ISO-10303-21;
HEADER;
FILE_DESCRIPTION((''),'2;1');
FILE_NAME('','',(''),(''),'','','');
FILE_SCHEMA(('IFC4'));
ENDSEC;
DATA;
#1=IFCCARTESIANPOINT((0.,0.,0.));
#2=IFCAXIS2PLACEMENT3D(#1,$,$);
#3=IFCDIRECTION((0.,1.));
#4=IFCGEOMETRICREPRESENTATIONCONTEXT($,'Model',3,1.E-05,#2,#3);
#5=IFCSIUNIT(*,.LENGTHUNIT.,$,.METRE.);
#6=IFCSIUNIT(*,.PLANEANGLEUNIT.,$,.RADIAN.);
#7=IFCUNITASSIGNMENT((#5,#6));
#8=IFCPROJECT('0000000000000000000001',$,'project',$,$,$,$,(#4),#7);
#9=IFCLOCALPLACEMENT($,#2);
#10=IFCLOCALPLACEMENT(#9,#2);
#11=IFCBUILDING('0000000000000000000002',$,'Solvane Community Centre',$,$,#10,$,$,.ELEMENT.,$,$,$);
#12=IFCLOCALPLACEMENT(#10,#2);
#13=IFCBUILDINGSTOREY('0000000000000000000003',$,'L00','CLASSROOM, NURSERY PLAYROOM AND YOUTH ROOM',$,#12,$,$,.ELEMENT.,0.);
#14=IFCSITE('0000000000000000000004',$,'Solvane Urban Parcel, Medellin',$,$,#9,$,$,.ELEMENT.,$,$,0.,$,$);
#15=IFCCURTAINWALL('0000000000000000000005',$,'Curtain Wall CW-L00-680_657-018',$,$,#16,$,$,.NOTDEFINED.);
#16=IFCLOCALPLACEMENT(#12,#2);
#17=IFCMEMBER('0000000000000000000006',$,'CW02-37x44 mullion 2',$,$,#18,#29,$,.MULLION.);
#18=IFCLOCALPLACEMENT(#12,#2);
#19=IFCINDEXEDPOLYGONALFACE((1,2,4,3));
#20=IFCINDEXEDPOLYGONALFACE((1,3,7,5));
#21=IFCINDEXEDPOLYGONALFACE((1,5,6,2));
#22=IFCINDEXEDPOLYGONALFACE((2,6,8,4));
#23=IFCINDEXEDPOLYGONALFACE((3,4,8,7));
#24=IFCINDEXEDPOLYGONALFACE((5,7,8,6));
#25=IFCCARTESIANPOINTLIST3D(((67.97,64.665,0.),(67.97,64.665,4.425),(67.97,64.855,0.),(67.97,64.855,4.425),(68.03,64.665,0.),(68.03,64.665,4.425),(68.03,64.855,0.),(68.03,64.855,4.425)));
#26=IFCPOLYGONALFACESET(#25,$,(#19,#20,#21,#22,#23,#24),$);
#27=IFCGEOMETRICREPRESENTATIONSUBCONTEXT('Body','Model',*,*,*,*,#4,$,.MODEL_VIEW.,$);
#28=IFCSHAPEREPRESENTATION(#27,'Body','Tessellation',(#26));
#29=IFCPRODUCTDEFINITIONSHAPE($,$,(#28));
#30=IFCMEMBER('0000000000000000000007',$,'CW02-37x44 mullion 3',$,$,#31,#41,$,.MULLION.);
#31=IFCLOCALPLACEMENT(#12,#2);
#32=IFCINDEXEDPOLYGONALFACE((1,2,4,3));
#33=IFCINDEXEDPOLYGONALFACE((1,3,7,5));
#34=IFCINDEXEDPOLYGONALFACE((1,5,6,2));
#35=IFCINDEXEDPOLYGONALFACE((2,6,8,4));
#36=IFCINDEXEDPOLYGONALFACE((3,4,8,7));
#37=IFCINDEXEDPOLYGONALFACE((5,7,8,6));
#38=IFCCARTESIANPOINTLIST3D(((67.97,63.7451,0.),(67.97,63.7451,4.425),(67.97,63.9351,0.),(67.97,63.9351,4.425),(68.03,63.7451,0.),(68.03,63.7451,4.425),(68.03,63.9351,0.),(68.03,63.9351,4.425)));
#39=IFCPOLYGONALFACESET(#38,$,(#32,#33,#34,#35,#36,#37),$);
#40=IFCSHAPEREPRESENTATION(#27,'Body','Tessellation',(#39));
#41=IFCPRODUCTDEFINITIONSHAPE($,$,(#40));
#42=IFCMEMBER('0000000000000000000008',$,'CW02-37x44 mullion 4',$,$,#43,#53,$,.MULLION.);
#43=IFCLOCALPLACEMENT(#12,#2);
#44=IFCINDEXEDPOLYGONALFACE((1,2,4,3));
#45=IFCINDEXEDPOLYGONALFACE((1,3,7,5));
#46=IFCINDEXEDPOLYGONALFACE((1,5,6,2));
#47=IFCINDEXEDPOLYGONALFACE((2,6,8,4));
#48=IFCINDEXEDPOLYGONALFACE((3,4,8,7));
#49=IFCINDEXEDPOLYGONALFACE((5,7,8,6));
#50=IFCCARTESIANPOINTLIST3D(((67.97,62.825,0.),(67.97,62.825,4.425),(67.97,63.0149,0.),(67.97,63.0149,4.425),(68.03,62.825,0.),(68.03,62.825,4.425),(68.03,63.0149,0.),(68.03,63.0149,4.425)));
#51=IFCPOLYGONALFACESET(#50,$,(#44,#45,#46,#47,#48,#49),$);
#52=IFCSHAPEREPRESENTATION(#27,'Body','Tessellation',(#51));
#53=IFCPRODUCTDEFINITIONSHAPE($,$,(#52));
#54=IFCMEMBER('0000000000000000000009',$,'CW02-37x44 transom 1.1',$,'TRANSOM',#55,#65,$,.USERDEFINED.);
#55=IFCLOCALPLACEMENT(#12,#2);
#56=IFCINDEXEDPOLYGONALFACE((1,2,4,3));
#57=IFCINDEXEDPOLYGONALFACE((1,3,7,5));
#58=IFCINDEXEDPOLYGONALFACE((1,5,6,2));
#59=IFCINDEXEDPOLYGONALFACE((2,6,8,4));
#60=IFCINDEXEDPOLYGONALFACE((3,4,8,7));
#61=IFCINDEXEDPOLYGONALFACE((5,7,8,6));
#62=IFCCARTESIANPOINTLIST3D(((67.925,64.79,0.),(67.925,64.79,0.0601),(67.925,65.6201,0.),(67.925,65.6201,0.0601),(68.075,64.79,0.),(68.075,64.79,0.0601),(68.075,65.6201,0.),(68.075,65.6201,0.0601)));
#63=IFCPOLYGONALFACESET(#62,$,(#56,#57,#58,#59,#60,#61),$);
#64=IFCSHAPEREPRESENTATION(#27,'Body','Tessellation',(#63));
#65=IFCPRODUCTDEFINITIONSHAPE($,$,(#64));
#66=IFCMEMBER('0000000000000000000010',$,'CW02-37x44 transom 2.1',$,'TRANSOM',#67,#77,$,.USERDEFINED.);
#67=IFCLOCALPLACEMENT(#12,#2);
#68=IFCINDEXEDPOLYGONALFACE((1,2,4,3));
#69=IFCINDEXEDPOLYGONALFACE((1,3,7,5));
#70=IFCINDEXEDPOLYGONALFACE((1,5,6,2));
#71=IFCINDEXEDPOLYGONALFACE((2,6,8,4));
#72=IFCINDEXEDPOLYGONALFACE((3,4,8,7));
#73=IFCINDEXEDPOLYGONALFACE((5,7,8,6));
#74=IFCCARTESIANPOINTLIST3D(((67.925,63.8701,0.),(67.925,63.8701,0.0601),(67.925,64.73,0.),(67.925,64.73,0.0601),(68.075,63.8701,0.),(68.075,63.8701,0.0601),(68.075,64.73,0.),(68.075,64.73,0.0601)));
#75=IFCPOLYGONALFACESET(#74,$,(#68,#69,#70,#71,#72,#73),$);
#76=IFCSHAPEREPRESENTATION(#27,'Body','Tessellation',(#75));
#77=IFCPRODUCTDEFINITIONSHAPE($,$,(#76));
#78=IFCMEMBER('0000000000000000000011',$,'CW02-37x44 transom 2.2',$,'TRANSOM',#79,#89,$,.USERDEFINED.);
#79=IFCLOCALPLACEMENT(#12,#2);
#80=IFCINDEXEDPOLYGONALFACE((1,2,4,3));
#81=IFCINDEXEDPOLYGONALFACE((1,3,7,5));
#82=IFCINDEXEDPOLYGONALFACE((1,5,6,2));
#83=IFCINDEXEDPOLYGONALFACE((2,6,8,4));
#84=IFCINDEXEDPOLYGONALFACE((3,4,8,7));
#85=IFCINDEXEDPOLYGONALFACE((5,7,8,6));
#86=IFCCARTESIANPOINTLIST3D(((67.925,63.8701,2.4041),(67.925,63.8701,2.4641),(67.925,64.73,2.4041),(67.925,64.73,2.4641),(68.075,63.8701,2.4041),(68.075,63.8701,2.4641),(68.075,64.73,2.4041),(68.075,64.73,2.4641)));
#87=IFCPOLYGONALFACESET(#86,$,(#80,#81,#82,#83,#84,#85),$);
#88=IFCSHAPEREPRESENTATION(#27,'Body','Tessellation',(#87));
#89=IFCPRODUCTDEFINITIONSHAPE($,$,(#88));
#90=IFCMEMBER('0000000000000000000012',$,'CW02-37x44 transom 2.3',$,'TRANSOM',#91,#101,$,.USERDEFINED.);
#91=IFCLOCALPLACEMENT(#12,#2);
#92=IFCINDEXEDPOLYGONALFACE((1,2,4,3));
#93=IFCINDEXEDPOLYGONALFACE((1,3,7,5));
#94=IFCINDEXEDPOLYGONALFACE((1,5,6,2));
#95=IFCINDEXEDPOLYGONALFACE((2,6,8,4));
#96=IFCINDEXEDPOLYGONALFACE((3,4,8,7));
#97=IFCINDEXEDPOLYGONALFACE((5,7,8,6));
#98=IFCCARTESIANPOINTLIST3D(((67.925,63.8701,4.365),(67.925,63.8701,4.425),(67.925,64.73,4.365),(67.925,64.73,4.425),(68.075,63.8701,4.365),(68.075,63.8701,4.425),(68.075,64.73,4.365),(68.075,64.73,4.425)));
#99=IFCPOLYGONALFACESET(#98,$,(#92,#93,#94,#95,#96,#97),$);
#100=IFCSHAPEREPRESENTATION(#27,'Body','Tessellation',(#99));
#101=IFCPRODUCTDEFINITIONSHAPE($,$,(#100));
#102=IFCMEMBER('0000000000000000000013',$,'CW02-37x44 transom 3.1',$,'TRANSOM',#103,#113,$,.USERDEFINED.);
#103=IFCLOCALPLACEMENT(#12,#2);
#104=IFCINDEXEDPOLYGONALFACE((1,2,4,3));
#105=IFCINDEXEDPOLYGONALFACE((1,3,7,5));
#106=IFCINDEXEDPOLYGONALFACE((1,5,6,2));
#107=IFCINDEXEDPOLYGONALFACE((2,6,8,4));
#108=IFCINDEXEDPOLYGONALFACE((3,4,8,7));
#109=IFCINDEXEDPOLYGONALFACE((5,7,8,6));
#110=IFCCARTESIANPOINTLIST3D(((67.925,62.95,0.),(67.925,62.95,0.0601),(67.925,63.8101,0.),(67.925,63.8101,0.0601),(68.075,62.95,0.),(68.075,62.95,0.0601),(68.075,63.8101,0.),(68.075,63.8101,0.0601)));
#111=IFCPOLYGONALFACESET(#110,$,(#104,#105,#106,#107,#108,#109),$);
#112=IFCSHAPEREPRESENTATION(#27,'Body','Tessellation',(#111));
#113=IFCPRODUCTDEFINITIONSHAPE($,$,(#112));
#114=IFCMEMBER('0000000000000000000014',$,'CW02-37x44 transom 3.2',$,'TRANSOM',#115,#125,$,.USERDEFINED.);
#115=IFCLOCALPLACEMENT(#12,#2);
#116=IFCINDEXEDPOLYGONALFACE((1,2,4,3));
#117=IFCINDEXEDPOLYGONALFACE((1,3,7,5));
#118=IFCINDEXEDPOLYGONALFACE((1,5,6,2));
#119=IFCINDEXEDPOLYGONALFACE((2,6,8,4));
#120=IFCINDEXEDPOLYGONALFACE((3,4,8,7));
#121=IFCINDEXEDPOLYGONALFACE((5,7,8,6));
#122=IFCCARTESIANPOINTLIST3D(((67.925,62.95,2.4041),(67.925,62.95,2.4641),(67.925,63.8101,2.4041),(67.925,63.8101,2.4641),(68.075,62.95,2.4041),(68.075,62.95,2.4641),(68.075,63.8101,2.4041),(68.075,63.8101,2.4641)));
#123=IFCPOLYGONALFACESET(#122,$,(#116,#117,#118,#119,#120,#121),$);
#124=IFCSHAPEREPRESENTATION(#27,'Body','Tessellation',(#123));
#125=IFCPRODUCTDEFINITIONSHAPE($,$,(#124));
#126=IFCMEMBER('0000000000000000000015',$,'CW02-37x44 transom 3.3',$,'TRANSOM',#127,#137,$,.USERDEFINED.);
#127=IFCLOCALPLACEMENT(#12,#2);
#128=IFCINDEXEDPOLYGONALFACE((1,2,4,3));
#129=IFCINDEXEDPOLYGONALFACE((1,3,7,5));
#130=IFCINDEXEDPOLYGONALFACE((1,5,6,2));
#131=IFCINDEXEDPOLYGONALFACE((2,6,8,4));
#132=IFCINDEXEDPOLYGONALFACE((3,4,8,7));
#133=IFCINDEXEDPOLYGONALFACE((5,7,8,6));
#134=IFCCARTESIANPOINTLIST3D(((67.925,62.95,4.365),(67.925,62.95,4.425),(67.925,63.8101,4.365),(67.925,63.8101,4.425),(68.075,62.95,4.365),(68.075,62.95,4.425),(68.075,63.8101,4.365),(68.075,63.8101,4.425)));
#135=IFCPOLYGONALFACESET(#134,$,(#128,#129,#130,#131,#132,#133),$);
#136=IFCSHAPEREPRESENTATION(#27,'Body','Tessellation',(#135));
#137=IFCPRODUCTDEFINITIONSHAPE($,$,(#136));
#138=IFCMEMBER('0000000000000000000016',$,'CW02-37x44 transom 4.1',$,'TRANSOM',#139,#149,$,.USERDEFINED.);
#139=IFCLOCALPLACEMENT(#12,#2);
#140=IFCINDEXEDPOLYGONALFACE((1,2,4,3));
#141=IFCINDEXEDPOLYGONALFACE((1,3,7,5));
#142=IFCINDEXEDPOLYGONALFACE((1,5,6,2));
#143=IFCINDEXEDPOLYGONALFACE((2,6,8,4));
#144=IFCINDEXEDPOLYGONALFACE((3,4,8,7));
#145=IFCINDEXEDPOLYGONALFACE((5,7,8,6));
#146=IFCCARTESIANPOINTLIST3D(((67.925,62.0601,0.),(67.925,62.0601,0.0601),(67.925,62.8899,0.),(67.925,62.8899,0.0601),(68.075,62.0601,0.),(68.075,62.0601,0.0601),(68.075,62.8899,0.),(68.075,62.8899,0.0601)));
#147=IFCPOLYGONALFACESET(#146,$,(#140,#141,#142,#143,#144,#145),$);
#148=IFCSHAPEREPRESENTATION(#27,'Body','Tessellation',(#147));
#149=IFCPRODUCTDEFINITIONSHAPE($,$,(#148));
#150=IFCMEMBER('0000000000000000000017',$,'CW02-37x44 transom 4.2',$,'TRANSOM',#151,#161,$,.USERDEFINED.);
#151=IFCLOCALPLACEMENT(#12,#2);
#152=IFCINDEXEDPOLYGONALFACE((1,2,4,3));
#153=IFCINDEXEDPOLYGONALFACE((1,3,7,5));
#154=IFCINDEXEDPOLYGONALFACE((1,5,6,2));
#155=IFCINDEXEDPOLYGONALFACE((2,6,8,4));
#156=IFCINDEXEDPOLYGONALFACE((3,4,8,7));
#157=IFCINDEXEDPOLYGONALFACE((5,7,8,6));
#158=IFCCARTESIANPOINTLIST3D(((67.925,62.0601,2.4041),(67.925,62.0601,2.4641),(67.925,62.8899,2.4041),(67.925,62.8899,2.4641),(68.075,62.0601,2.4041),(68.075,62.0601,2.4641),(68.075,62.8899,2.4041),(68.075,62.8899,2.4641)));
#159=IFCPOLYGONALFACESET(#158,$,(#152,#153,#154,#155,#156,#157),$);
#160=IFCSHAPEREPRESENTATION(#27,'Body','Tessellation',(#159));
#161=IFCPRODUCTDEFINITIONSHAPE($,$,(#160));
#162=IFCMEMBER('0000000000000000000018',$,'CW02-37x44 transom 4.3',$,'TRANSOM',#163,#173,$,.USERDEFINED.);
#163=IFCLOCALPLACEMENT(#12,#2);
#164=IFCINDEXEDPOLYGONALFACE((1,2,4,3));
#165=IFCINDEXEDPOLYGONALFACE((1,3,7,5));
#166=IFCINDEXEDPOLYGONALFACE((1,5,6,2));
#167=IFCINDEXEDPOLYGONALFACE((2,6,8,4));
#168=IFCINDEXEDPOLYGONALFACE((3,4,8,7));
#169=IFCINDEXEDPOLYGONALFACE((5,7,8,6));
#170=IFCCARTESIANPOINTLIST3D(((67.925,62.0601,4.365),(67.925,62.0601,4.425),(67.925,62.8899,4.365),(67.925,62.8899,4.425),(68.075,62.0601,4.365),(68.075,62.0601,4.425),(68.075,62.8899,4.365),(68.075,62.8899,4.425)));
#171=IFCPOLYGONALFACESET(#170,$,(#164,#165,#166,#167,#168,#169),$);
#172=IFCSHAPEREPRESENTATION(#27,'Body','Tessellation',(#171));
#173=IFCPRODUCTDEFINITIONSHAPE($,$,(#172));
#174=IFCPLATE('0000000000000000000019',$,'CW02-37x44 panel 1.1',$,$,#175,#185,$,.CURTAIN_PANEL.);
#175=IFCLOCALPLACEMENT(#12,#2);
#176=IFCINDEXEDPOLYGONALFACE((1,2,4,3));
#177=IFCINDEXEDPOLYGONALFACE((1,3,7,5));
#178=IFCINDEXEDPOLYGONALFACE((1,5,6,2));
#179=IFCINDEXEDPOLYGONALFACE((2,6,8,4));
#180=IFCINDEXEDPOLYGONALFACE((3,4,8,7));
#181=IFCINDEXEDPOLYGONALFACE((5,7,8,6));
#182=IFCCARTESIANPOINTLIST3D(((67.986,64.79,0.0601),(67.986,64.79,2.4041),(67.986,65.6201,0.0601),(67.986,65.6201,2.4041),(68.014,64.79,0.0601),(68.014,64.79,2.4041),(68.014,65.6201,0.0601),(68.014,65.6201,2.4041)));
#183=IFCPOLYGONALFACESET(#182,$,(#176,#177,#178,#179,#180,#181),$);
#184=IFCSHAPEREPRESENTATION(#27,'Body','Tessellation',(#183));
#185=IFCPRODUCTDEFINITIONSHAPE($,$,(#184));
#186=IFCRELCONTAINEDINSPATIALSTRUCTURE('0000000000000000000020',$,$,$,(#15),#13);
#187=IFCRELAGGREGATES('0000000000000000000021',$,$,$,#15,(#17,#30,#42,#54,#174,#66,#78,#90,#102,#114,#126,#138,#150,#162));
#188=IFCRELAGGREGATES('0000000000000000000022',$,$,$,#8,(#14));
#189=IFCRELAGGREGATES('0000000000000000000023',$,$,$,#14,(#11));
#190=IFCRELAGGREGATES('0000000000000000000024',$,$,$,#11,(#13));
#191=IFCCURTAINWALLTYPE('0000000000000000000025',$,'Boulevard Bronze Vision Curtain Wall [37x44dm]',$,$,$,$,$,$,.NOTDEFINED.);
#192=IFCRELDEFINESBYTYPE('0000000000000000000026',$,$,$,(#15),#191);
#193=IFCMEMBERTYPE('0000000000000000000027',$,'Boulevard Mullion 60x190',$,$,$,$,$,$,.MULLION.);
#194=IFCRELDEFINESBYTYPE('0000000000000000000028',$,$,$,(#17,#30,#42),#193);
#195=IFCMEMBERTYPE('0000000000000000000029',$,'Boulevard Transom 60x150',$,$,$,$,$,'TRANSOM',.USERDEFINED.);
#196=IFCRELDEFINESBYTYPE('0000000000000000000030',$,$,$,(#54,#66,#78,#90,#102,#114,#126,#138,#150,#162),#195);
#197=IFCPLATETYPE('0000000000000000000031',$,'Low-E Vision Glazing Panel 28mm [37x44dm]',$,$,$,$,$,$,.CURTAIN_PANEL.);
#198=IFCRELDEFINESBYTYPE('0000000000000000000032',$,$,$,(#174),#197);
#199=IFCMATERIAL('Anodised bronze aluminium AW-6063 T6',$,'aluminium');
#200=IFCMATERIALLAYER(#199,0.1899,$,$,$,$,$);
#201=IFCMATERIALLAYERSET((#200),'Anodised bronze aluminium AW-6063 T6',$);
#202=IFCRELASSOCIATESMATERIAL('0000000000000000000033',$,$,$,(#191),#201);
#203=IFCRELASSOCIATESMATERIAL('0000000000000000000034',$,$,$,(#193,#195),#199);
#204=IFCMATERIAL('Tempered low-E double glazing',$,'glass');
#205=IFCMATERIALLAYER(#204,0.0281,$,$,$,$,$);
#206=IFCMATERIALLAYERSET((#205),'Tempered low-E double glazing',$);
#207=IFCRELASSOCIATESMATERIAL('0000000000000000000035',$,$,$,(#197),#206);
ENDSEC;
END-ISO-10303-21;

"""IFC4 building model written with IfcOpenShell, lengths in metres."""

from ifc_helpers import new_model, si_unit, direction, frame, origin, origin_2d, place, context, subcontext, project, spatial, rectangle, extrude, material, layer, layer_set, material_profile, profile_set, type_object, element, aggregate, save


model = new_model("IFC4")

# Units and contexts
model_context = context("Model", 3, precision=1e-05, world=origin(), true_north=direction((0.0, 1.0)))
body_context = subcontext(model_context, "Body", "Model", "MODEL_VIEW")
ifc_project = project(units=[si_unit("LENGTHUNIT", "METRE"), si_unit("PLANEANGLEUNIT", "RADIAN")], contexts=[model_context])

# Site, building, storey
site_placement = place(None, origin())
site = spatial("IfcSite", under=ifc_project, at=site_placement, Name="Solvane Urban Parcel, Medellin", CompositionType="ELEMENT", RefElevation=0.0)
building_placement = place(site_placement, origin())
building = spatial("IfcBuilding", under=site, at=building_placement, Name="Solvane Community Centre", CompositionType="ELEMENT")
storey_placement = place(building_placement, origin())
storey = spatial("IfcBuildingStorey", under=building, at=storey_placement, Name="L00", Description="CLASSROOM, NURSERY PLAYROOM AND YOUTH ROOM", CompositionType="ELEMENT", Elevation=0.0)

# Curtain wall, members, plate
ifc_material_1 = material(Name="Anodised bronze aluminium AW-6063 T6", Category="aluminium")
ifc_layer_1 = layer(ifc_material_1, 0.1899)
ifc_layer_set_1 = layer_set([ifc_layer_1], Name="Anodised bronze aluminium AW-6063 T6")
curtain_wall_type = type_object("IfcCurtainWallType", Name="Boulevard Bronze Vision Curtain Wall [37x44dm]", PredefinedType="NOTDEFINED", material=ifc_layer_set_1)
curtain_wall_placement = place(storey_placement, origin())
curtain_wall = element("IfcCurtainWall", 1, at=curtain_wall_placement, inside=storey, type_object=curtain_wall_type, Name="Curtain Wall CW-L00-680_657-018", PredefinedType="NOTDEFINED")
ifc_material_profile_1 = material_profile(ifc_material_1, rectangle(XDim=0.0601, YDim=0.1899, at=origin_2d()), Name="CW-M 60x190")
ifc_profile_set_1 = profile_set([ifc_material_profile_1], Name="Anodised bronze aluminium AW-6063 T6")
member_type_1 = type_object("IfcMemberType", Name="Boulevard Mullion 60x190", PredefinedType="MULLION", material=ifc_profile_set_1)
member_1_placement = place(storey_placement, frame((68.0, 64.76, 0.0), z_axis=(0.0, 0.0, 1.0), x_axis=(1.0, 0.0, 0.0)))
member_1 = element("IfcMember", 2, at=member_1_placement, type_object=member_type_1, Name="CW02-37x44 mullion 2", PredefinedType="MULLION", context=body_context, shape_type="SweptSolid", body=[
    extrude(rectangle(XDim=0.0601, YDim=0.1899, at=origin_2d()), origin(), (0.0, 0.0, 1.0), 4.425),
])
member_2_placement = place(storey_placement, frame((68.0, 63.8401, 0.0), z_axis=(0.0, 0.0, 1.0), x_axis=(1.0, 0.0, 0.0)))
member_2 = element("IfcMember", 3, at=member_2_placement, type_object=member_type_1, Name="CW02-37x44 mullion 3", PredefinedType="MULLION", context=body_context, shape_type="SweptSolid", body=[
    extrude(rectangle(XDim=0.0601, YDim=0.1899, at=origin_2d()), origin(), (0.0, 0.0, 1.0), 4.425),
])
member_3_placement = place(storey_placement, frame((68.0, 62.9199, 0.0), z_axis=(0.0, 0.0, 1.0), x_axis=(1.0, 0.0, 0.0)))
member_3 = element("IfcMember", 4, at=member_3_placement, type_object=member_type_1, Name="CW02-37x44 mullion 4", PredefinedType="MULLION", context=body_context, shape_type="SweptSolid", body=[
    extrude(rectangle(XDim=0.0601, YDim=0.1899, at=origin_2d()), origin(), (0.0, 0.0, 1.0), 4.425),
])
ifc_material_profile_2 = material_profile(ifc_material_1, rectangle(XDim=0.1499, YDim=0.0601, at=origin_2d()), Name="CW-T 60x150")
ifc_profile_set_2 = profile_set([ifc_material_profile_2], Name="Anodised bronze aluminium AW-6063 T6")
member_type_2 = type_object("IfcMemberType", Name="Boulevard Transom 60x150", ElementType="TRANSOM", PredefinedType="USERDEFINED", material=ifc_profile_set_2)
member_4_placement = place(storey_placement, frame((68.0, 65.6201, 0.03), z_axis=(0.0, -1.0, 0.0), x_axis=(1.0, 0.0, 0.0)))
member_4 = element("IfcMember", 5, at=member_4_placement, type_object=member_type_2, Name="CW02-37x44 transom 1.1", ObjectType="TRANSOM", PredefinedType="USERDEFINED", context=body_context, shape_type="SweptSolid", body=[
    extrude(rectangle(XDim=0.1499, YDim=0.0601, at=origin_2d()), origin(), (0.0, 0.0, 1.0), 0.8301),
])
member_5_placement = place(storey_placement, frame((68.0, 64.73, 0.03), z_axis=(0.0, -1.0, 0.0), x_axis=(1.0, 0.0, 0.0)))
member_5 = element("IfcMember", 6, at=member_5_placement, type_object=member_type_2, Name="CW02-37x44 transom 2.1", ObjectType="TRANSOM", PredefinedType="USERDEFINED", context=body_context, shape_type="SweptSolid", body=[
    extrude(rectangle(XDim=0.1499, YDim=0.0601, at=origin_2d()), origin(), (0.0, 0.0, 1.0), 0.8599),
])
member_6_placement = place(storey_placement, frame((68.0, 64.73, 2.4341), z_axis=(0.0, -1.0, 0.0), x_axis=(1.0, 0.0, 0.0)))
member_6 = element("IfcMember", 7, at=member_6_placement, type_object=member_type_2, Name="CW02-37x44 transom 2.2", ObjectType="TRANSOM", PredefinedType="USERDEFINED", context=body_context, shape_type="SweptSolid", body=[
    extrude(rectangle(XDim=0.1499, YDim=0.0601, at=origin_2d()), origin(), (0.0, 0.0, 1.0), 0.8599),
])
member_7_placement = place(storey_placement, frame((68.0, 64.73, 4.395), z_axis=(0.0, -1.0, 0.0), x_axis=(1.0, 0.0, 0.0)))
member_7 = element("IfcMember", 8, at=member_7_placement, type_object=member_type_2, Name="CW02-37x44 transom 2.3", ObjectType="TRANSOM", PredefinedType="USERDEFINED", context=body_context, shape_type="SweptSolid", body=[
    extrude(rectangle(XDim=0.1499, YDim=0.0601, at=origin_2d()), origin(), (0.0, 0.0, 1.0), 0.8599),
])
member_8_placement = place(storey_placement, frame((68.0, 63.8101, 0.03), z_axis=(0.0, -1.0, 0.0), x_axis=(1.0, 0.0, 0.0)))
member_8 = element("IfcMember", 9, at=member_8_placement, type_object=member_type_2, Name="CW02-37x44 transom 3.1", ObjectType="TRANSOM", PredefinedType="USERDEFINED", context=body_context, shape_type="SweptSolid", body=[
    extrude(rectangle(XDim=0.1499, YDim=0.0601, at=origin_2d()), origin(), (0.0, 0.0, 1.0), 0.8601),
])
member_9_placement = place(storey_placement, frame((68.0, 63.8101, 2.4341), z_axis=(0.0, -1.0, 0.0), x_axis=(1.0, 0.0, 0.0)))
member_9 = element("IfcMember", 10, at=member_9_placement, type_object=member_type_2, Name="CW02-37x44 transom 3.2", ObjectType="TRANSOM", PredefinedType="USERDEFINED", context=body_context, shape_type="SweptSolid", body=[
    extrude(rectangle(XDim=0.1499, YDim=0.0601, at=origin_2d()), origin(), (0.0, 0.0, 1.0), 0.8601),
])
member_10_placement = place(storey_placement, frame((68.0, 63.8101, 4.395), z_axis=(0.0, -1.0, 0.0), x_axis=(1.0, 0.0, 0.0)))
member_10 = element("IfcMember", 11, at=member_10_placement, type_object=member_type_2, Name="CW02-37x44 transom 3.3", ObjectType="TRANSOM", PredefinedType="USERDEFINED", context=body_context, shape_type="SweptSolid", body=[
    extrude(rectangle(XDim=0.1499, YDim=0.0601, at=origin_2d()), origin(), (0.0, 0.0, 1.0), 0.8601),
])
member_11_placement = place(storey_placement, frame((68.0, 62.8899, 0.03), z_axis=(0.0, -1.0, 0.0), x_axis=(1.0, 0.0, 0.0)))
member_11 = element("IfcMember", 12, at=member_11_placement, type_object=member_type_2, Name="CW02-37x44 transom 4.1", ObjectType="TRANSOM", PredefinedType="USERDEFINED", context=body_context, shape_type="SweptSolid", body=[
    extrude(rectangle(XDim=0.1499, YDim=0.0601, at=origin_2d()), origin(), (0.0, 0.0, 1.0), 0.8298),
])
member_12_placement = place(storey_placement, frame((68.0, 62.8899, 2.4341), z_axis=(0.0, -1.0, 0.0), x_axis=(1.0, 0.0, 0.0)))
member_12 = element("IfcMember", 13, at=member_12_placement, type_object=member_type_2, Name="CW02-37x44 transom 4.2", ObjectType="TRANSOM", PredefinedType="USERDEFINED", context=body_context, shape_type="SweptSolid", body=[
    extrude(rectangle(XDim=0.1499, YDim=0.0601, at=origin_2d()), origin(), (0.0, 0.0, 1.0), 0.8298),
])
member_13_placement = place(storey_placement, frame((68.0, 62.8899, 4.395), z_axis=(0.0, -1.0, 0.0), x_axis=(1.0, 0.0, 0.0)))
member_13 = element("IfcMember", 14, at=member_13_placement, type_object=member_type_2, Name="CW02-37x44 transom 4.3", ObjectType="TRANSOM", PredefinedType="USERDEFINED", context=body_context, shape_type="SweptSolid", body=[
    extrude(rectangle(XDim=0.1499, YDim=0.0601, at=origin_2d()), origin(), (0.0, 0.0, 1.0), 0.8298),
])
ifc_material_2 = material(Name="Tempered low-E double glazing", Category="glass")
ifc_layer_2 = layer(ifc_material_2, 0.0281)
ifc_layer_set_2 = layer_set([ifc_layer_2], Name="Tempered low-E double glazing")
plate_type = type_object("IfcPlateType", Name="Low-E Vision Glazing Panel 28mm [37x44dm]", PredefinedType="CURTAIN_PANEL", material=ifc_layer_set_2)
plate_1_placement = place(storey_placement, frame((68.0, 65.2051, 0.0601), z_axis=(0.0, 0.0, 1.0), x_axis=(0.0, -1.0, 0.0)))
plate_1 = element("IfcPlate", 15, at=plate_1_placement, type_object=plate_type, Name="CW02-37x44 panel 1.1", PredefinedType="CURTAIN_PANEL", context=body_context, shape_type="SweptSolid", body=[
    extrude(rectangle(XDim=0.8301, YDim=0.0281, at=origin_2d()), origin(), (0.0, 0.0, 1.0), 2.344),
])
aggregate(curtain_wall, [member_1, member_2, member_3, member_4, plate_1, member_5, member_6, member_7, member_8, member_9, member_10, member_11, member_12, member_13])

save(model, "model.ifc")
